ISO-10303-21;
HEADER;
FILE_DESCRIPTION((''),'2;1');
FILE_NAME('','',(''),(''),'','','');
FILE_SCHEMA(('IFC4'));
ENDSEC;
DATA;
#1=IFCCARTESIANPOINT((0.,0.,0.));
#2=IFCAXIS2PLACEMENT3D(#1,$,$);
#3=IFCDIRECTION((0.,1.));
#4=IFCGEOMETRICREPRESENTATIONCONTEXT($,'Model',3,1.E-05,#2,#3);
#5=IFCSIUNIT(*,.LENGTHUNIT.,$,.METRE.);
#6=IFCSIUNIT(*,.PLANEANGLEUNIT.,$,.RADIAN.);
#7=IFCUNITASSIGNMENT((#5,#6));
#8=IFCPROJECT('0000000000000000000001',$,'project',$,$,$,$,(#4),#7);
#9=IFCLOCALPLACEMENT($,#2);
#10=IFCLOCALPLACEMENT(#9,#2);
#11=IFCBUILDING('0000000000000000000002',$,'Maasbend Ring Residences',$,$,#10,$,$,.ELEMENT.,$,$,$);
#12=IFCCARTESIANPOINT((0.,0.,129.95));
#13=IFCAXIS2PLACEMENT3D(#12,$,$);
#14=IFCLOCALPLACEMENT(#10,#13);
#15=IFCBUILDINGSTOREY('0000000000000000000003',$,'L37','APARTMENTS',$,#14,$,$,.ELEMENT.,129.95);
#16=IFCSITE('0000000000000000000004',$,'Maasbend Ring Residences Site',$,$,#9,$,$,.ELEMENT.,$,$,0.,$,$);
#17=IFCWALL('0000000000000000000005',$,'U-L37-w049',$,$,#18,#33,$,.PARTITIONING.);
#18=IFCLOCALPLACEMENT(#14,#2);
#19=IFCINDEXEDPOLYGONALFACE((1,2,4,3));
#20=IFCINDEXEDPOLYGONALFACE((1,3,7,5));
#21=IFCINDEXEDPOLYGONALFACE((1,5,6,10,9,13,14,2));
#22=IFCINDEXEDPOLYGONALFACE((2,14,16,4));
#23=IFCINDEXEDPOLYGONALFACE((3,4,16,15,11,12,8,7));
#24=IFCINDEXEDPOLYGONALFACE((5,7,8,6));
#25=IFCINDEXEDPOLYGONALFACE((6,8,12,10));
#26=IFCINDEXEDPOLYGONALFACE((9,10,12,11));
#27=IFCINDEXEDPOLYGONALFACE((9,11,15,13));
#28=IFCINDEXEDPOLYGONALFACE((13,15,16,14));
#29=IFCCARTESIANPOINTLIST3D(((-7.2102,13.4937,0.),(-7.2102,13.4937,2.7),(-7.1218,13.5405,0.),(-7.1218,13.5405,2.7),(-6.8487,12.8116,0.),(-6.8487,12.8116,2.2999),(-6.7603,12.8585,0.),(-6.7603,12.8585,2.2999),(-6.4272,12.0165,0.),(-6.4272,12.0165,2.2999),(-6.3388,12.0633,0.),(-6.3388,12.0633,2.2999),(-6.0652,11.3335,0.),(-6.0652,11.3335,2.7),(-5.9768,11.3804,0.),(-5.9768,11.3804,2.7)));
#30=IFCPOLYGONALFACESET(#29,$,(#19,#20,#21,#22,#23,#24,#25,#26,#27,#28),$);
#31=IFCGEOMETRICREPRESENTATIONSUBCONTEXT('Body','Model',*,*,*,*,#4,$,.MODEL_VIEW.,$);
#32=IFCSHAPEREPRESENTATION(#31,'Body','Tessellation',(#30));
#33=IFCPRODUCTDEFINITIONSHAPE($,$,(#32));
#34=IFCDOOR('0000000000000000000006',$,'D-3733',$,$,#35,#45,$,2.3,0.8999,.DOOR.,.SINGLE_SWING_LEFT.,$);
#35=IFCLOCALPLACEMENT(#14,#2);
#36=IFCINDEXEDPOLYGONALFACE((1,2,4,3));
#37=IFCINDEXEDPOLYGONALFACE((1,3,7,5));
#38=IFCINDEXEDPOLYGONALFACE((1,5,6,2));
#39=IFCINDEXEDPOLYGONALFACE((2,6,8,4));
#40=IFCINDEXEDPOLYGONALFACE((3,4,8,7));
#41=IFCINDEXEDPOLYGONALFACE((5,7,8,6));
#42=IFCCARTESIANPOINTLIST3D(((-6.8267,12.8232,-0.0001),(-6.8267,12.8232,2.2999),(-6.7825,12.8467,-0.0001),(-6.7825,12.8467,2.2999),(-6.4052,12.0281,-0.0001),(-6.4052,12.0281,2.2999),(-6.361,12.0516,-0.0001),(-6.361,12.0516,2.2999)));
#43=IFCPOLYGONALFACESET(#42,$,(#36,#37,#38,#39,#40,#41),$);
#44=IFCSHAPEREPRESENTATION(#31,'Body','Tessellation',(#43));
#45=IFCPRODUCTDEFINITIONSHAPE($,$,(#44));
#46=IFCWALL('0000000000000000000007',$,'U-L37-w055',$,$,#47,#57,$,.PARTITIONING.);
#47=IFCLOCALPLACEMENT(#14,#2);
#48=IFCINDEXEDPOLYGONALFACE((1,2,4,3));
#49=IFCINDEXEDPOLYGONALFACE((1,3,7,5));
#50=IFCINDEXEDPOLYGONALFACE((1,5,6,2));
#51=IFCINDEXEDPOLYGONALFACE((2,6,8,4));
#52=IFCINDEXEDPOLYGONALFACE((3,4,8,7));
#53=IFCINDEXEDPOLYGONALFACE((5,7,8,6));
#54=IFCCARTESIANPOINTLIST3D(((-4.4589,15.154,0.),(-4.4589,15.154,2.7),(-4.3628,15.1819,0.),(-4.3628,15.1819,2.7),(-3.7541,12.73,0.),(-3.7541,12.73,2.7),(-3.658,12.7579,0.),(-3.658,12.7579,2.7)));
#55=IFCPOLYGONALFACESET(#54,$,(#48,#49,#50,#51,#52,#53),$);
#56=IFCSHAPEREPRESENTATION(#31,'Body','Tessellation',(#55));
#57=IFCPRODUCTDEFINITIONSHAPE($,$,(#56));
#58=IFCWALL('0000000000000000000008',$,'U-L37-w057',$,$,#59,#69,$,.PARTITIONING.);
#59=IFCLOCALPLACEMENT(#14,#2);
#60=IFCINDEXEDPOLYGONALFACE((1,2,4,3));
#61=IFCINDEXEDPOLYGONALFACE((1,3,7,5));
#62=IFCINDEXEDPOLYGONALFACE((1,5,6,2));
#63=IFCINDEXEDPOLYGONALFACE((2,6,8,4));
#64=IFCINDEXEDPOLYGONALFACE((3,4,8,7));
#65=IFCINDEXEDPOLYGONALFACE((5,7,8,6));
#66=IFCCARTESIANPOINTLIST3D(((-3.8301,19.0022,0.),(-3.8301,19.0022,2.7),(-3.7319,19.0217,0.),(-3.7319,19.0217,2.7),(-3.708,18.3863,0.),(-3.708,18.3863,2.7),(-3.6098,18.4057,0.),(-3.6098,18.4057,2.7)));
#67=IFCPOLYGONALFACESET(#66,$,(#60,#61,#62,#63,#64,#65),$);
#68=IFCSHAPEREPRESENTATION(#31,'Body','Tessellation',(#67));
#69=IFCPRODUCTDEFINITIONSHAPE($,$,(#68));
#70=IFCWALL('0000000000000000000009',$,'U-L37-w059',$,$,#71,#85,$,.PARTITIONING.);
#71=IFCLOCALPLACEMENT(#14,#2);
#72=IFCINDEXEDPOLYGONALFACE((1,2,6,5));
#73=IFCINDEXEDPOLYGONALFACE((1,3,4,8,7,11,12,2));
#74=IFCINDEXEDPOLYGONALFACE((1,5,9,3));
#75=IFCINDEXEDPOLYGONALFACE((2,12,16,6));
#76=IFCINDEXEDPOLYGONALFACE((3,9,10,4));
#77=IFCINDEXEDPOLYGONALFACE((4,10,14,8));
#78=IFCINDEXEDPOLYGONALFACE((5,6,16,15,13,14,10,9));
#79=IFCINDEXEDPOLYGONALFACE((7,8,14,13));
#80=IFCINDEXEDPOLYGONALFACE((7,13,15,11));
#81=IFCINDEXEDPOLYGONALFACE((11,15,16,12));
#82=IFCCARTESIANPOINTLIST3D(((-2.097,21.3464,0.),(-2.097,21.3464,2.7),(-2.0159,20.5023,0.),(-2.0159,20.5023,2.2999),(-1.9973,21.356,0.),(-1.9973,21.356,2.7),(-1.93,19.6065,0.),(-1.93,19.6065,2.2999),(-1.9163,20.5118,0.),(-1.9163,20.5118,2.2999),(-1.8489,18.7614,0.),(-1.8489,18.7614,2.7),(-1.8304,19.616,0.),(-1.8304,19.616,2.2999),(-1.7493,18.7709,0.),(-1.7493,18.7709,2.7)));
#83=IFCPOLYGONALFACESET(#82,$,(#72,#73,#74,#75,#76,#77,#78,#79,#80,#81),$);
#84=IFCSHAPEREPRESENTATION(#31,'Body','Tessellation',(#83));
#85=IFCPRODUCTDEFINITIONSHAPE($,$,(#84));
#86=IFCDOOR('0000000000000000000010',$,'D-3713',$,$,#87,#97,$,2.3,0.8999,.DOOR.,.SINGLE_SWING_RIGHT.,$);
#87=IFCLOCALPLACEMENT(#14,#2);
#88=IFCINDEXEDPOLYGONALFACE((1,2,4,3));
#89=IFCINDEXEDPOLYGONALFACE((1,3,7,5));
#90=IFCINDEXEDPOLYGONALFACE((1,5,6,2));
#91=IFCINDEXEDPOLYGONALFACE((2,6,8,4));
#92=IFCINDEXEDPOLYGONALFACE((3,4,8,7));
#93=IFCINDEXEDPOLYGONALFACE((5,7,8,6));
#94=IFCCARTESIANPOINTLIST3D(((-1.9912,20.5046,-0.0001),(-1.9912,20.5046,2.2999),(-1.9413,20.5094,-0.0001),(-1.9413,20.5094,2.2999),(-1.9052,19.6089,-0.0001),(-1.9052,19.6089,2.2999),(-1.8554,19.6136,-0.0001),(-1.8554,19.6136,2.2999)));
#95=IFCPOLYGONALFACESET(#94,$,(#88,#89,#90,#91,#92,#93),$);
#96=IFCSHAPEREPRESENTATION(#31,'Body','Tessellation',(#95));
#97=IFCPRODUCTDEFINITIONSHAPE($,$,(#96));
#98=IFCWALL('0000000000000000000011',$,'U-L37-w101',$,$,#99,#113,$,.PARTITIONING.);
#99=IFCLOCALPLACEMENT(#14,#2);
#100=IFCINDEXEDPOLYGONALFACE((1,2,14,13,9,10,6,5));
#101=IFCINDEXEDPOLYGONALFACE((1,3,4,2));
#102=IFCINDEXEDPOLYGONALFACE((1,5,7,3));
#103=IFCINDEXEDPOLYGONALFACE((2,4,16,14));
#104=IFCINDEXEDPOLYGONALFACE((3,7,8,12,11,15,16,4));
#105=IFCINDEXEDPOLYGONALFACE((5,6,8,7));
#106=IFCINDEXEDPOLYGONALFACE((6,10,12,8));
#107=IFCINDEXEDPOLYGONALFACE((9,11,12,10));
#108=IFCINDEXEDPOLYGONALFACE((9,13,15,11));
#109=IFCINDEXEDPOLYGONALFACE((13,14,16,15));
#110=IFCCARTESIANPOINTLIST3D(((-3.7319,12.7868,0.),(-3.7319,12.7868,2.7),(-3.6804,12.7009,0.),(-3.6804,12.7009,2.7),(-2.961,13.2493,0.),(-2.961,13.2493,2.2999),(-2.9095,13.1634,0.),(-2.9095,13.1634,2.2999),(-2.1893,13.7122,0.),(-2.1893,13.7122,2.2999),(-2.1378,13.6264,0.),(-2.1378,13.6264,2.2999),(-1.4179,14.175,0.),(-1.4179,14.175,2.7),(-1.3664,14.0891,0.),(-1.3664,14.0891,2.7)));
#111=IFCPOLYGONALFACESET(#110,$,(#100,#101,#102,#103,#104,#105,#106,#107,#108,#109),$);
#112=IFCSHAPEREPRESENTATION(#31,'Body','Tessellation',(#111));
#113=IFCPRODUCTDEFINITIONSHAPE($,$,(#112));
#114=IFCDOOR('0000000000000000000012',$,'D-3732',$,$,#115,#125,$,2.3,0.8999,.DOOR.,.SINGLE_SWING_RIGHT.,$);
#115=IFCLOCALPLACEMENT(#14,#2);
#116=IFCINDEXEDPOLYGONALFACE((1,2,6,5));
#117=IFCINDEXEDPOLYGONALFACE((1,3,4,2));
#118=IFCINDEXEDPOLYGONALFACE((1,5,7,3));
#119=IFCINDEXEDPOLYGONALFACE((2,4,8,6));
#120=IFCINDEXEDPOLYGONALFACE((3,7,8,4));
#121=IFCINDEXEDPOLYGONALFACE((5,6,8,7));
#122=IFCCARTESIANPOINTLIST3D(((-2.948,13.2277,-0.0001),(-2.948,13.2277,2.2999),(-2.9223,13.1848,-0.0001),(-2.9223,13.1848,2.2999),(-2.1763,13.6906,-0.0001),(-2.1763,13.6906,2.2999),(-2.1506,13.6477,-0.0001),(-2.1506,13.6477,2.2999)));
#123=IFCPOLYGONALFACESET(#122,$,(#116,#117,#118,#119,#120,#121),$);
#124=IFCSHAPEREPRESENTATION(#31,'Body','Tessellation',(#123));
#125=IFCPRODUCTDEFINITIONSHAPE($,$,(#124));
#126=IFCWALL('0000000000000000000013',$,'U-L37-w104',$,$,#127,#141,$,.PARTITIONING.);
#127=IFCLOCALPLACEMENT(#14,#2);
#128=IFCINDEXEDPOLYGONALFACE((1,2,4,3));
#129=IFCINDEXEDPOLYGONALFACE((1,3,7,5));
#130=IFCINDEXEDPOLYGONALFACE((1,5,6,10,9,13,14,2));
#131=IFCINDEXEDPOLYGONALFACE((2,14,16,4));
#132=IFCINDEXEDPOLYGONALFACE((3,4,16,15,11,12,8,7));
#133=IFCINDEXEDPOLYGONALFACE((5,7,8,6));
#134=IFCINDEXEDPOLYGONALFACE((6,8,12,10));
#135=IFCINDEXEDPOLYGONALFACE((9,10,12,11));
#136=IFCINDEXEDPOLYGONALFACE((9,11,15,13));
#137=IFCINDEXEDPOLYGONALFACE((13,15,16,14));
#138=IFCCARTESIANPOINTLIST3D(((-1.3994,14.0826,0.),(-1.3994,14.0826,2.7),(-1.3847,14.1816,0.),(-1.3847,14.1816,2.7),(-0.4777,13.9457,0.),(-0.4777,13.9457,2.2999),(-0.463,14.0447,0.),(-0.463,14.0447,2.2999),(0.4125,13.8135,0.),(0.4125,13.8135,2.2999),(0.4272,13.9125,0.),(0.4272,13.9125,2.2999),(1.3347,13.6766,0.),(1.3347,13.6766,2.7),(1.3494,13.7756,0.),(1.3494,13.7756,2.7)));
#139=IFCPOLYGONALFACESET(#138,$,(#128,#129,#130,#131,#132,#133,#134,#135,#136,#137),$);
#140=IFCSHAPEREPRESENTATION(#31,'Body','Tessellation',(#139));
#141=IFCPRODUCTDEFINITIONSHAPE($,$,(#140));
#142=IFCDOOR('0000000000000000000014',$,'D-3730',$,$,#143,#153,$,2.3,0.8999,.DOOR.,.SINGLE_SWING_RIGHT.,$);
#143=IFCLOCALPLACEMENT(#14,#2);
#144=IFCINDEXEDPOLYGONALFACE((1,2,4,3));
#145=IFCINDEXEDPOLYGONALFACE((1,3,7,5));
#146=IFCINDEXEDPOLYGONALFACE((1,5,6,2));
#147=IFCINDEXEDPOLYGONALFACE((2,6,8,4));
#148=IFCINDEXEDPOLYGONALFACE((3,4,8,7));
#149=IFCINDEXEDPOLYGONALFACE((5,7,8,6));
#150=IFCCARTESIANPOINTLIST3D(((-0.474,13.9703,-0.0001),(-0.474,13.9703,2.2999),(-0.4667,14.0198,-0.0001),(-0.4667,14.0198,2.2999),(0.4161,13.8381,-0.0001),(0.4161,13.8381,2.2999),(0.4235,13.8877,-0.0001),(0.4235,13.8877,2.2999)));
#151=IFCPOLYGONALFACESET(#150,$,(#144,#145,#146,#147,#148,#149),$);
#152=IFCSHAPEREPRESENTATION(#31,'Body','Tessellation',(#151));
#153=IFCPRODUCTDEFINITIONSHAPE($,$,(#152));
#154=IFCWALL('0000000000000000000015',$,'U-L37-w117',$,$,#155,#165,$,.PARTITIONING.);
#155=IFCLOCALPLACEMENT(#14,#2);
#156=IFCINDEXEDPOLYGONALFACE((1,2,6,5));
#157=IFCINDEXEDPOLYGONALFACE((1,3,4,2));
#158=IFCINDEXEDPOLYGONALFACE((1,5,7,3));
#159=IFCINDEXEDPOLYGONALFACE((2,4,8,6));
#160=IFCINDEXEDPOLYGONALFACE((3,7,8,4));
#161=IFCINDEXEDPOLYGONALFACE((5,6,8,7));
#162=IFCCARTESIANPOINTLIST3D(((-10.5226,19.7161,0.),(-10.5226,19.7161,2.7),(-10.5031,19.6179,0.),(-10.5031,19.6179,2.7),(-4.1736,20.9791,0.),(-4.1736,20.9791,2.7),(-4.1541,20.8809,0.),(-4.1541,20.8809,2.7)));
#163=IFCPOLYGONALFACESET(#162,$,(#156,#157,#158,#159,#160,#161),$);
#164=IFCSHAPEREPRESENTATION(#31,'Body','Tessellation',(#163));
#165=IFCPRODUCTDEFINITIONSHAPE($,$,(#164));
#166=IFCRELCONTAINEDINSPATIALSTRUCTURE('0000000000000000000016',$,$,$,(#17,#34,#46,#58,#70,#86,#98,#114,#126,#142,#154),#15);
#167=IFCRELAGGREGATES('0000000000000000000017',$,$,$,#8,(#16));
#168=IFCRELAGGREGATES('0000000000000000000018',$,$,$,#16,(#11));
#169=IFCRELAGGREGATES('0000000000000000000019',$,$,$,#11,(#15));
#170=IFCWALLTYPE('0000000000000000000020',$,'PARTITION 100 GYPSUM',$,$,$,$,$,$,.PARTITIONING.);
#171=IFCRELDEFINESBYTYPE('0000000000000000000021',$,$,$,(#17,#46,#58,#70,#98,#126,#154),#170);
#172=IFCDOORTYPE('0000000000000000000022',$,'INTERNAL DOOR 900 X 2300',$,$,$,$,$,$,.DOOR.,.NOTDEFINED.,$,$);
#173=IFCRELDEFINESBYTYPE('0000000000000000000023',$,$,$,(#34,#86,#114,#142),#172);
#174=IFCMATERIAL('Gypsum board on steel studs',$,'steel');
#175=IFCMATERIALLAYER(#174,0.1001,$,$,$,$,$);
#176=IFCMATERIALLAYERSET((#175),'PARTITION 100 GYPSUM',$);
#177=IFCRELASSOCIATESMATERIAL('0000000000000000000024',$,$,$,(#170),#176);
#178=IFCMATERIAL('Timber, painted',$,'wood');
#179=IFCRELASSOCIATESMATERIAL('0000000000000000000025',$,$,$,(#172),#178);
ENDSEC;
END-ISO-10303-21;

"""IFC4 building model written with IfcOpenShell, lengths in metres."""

from ifc_helpers import new_model, si_unit, direction, frame, frame_2d, origin, place, context, subcontext, project, spatial, rectangle, extrude, material, layer, layer_set, type_object, element, fill, save


model = new_model("IFC4")

# Units and contexts
model_context = context("Model", 3, precision=1e-05, world=origin(), true_north=direction((0.0, 1.0)))
body_context = subcontext(model_context, "Body", "Model", "MODEL_VIEW")
ifc_project = project(units=[si_unit("LENGTHUNIT", "METRE"), si_unit("PLANEANGLEUNIT", "RADIAN")], contexts=[model_context])

# Site, building, storey
site_placement = place(None, origin())
site = spatial("IfcSite", under=ifc_project, at=site_placement, Name="Maasbend Ring Residences Site", CompositionType="ELEMENT", RefElevation=0.0)
building_placement = place(site_placement, origin())
building = spatial("IfcBuilding", under=site, at=building_placement, Name="Maasbend Ring Residences", CompositionType="ELEMENT")
storey_placement = place(building_placement, frame((0.0, 0.0, 129.95)))
storey = spatial("IfcBuildingStorey", under=building, at=storey_placement, Name="L37", Description="APARTMENTS", CompositionType="ELEMENT", Elevation=129.95)

# Wall, opening, door
ifc_material_1 = material(Name="Gypsum board on steel studs", Category="steel")
ifc_layer_1 = layer(ifc_material_1, 0.1001)
ifc_layer_set_1 = layer_set([ifc_layer_1], Name="PARTITION 100 GYPSUM")
wall_type_1 = type_object("IfcWallType", Name="PARTITION 100 GYPSUM", PredefinedType="PARTITIONING", material=ifc_layer_set_1)
wall_1_placement = place(storey_placement, frame((-7.166, 13.5171, 0.0), z_axis=(0.0, 0.0, 1.0), x_axis=(0.468337, -0.88355, 0.0)))
wall_1 = element("IfcWall", 1, at=wall_1_placement, inside=storey, type_object=wall_type_1, Name="U-L37-w049", PredefinedType="PARTITIONING", context=body_context, shape_type="SweptSolid", body=[
    extrude(rectangle(XDim=2.4448, YDim=0.1001, at=frame_2d((1.2224, 0.0))), origin(), (0.0, 0.0, 1.0), 2.7),
])
opening_1_placement = place(wall_1_placement, frame((0.772, 0.0, 0.0)))
opening_1 = element("IfcOpeningElement", 2, at=opening_1_placement, cuts=wall_1, PredefinedType="OPENING", context=body_context, shape_type="SweptSolid", body=[
    extrude(rectangle(XDim=0.8999, YDim=2.3, at=frame_2d((0.45, 1.1499))), frame((0.0, 0.0601, 0.0), z_axis=(0.0, -1.0, 0.0), x_axis=(1.0, 0.0, 0.0)), (0.0, 0.0, 1.0), 0.1201),
])
ifc_material_2 = material(Name="Timber, painted", Category="wood")
door_type_1 = type_object("IfcDoorType", Name="INTERNAL DOOR 900 X 2300", OperationType="NOTDEFINED", PredefinedType="DOOR", material=ifc_material_2)
door_1_placement = place(opening_1_placement, origin())
door_1 = element("IfcDoor", 3, at=door_1_placement, inside=storey, type_object=door_type_1, Name="D-3733", OperationType="SINGLE_SWING_LEFT", OverallHeight=2.3, OverallWidth=0.8999, PredefinedType="DOOR", context=body_context, shape_type="SweptSolid", body=[
    extrude(rectangle(XDim=0.8999, YDim=2.3, at=frame_2d((0.45, 1.1499))), frame((0.0, 0.0249, 0.0), z_axis=(0.0, -1.0, 0.0), x_axis=(1.0, 0.0, 0.0)), (0.0, 0.0, 1.0), 0.05),
])
fill(opening_1, door_1)

# Walls
wall_2_placement = place(storey_placement, frame((-4.4109, 15.168, 0.0), z_axis=(0.0, 0.0, 1.0), x_axis=(0.279201, -0.960233, 0.0)))
element("IfcWall", 4, at=wall_2_placement, inside=storey, type_object=wall_type_1, Name="U-L37-w055", PredefinedType="PARTITIONING", context=body_context, shape_type="SweptSolid", body=[
    extrude(rectangle(XDim=2.5244, YDim=0.1001, at=frame_2d((1.2622, 0.0))), origin(), (0.0, 0.0, 1.0), 2.7),
])
wall_3_placement = place(storey_placement, frame((-3.781, 19.012, 0.0), z_axis=(0.0, 0.0, 1.0), x_axis=(0.194396, -0.980923, 0.0)))
element("IfcWall", 5, at=wall_3_placement, inside=storey, type_object=wall_type_1, Name="U-L37-w057", PredefinedType="PARTITIONING", context=body_context, shape_type="SweptSolid", body=[
    extrude(rectangle(XDim=0.6279, YDim=0.1001, at=frame_2d((0.314, 0.0))), origin(), (0.0, 0.0, 1.0), 2.7),
])

# Walls, openings, doors
wall_4_placement = place(storey_placement, frame((-2.0471, 21.3511, 0.0), z_axis=(0.0, 0.0, 1.0), x_axis=(0.095519, -0.995428, 0.0)))
wall_4 = element("IfcWall", 6, at=wall_4_placement, inside=storey, type_object=wall_type_1, Name="U-L37-w059", PredefinedType="PARTITIONING", context=body_context, shape_type="SweptSolid", body=[
    extrude(rectangle(XDim=2.5969, YDim=0.1001, at=frame_2d((1.2983, 0.0))), origin(), (0.0, 0.0, 1.0), 2.7),
])
opening_2_placement = place(wall_4_placement, frame((0.8479, 0.0, 0.0)))
opening_2 = element("IfcOpeningElement", 7, at=opening_2_placement, cuts=wall_4, PredefinedType="OPENING", context=body_context, shape_type="SweptSolid", body=[
    extrude(rectangle(XDim=0.8999, YDim=2.3, at=frame_2d((0.45, 1.1499))), frame((0.0, 0.0601, 0.0), z_axis=(0.0, -1.0, 0.0), x_axis=(1.0, 0.0, 0.0)), (0.0, 0.0, 1.0), 0.1201),
])
door_2_placement = place(opening_2_placement, origin())
door_2 = element("IfcDoor", 8, at=door_2_placement, inside=storey, type_object=door_type_1, Name="D-3713", OperationType="SINGLE_SWING_RIGHT", OverallHeight=2.3, OverallWidth=0.8999, PredefinedType="DOOR", context=body_context, shape_type="SweptSolid", body=[
    extrude(rectangle(XDim=0.8999, YDim=2.3, at=frame_2d((0.45, 1.1499))), frame((0.0, 0.0249, 0.0), z_axis=(0.0, -1.0, 0.0), x_axis=(1.0, 0.0, 0.0)), (0.0, 0.0, 1.0), 0.05),
])
fill(opening_2, door_2)
wall_5_placement = place(storey_placement, frame((-3.7061, 12.7439, 0.0), z_axis=(0.0, 0.0, 1.0), x_axis=(0.857525, 0.514443, 0.0)))
wall_5 = element("IfcWall", 9, at=wall_5_placement, inside=storey, type_object=wall_type_1, Name="U-L37-w101", PredefinedType="PARTITIONING", context=body_context, shape_type="SweptSolid", body=[
    extrude(rectangle(XDim=2.6985, YDim=0.1001, at=frame_2d((1.3491, 0.0))), origin(), (0.0, 0.0, 1.0), 2.7),
])
opening_3_placement = place(wall_5_placement, frame((0.8989, 0.0, 0.0)))
opening_3 = element("IfcOpeningElement", 10, at=opening_3_placement, cuts=wall_5, PredefinedType="OPENING", context=body_context, shape_type="SweptSolid", body=[
    extrude(rectangle(XDim=0.8999, YDim=2.3, at=frame_2d((0.45, 1.1499))), frame((0.0, 0.0601, 0.0), z_axis=(0.0, -1.0, 0.0), x_axis=(1.0, 0.0, 0.0)), (0.0, 0.0, 1.0), 0.1201),
])
door_3_placement = place(opening_3_placement, origin())
door_3 = element("IfcDoor", 11, at=door_3_placement, inside=storey, type_object=door_type_1, Name="D-3732", OperationType="SINGLE_SWING_RIGHT", OverallHeight=2.3, OverallWidth=0.8999, PredefinedType="DOOR", context=body_context, shape_type="SweptSolid", body=[
    extrude(rectangle(XDim=0.8999, YDim=2.3, at=frame_2d((0.45, 1.1499))), frame((0.0, 0.0249, 0.0), z_axis=(0.0, -1.0, 0.0), x_axis=(1.0, 0.0, 0.0)), (0.0, 0.0, 1.0), 0.05),
])
fill(opening_3, door_3)
wall_6_placement = place(storey_placement, frame((-1.3921, 14.1321, 0.0), z_axis=(0.0, 0.0, 1.0), x_axis=(0.989154, -0.146885, 0.0)))
wall_6 = element("IfcWall", 12, at=wall_6_placement, inside=storey, type_object=wall_type_1, Name="U-L37-w104", PredefinedType="PARTITIONING", context=body_context, shape_type="SweptSolid", body=[
    extrude(rectangle(XDim=2.7642, YDim=0.1001, at=frame_2d((1.3821, 0.0))), origin(), (0.0, 0.0, 1.0), 2.7),
])
opening_4_placement = place(wall_6_placement, frame((0.9319, 0.0, 0.0)))
opening_4 = element("IfcOpeningElement", 13, at=opening_4_placement, cuts=wall_6, PredefinedType="OPENING", context=body_context, shape_type="SweptSolid", body=[
    extrude(rectangle(XDim=0.8999, YDim=2.3, at=frame_2d((0.45, 1.1499))), frame((0.0, 0.0601, 0.0), z_axis=(0.0, -1.0, 0.0), x_axis=(1.0, 0.0, 0.0)), (0.0, 0.0, 1.0), 0.1201),
])
door_4_placement = place(opening_4_placement, origin())
door_4 = element("IfcDoor", 14, at=door_4_placement, inside=storey, type_object=door_type_1, Name="D-3730", OperationType="SINGLE_SWING_RIGHT", OverallHeight=2.3, OverallWidth=0.8999, PredefinedType="DOOR", context=body_context, shape_type="SweptSolid", body=[
    extrude(rectangle(XDim=0.8999, YDim=2.3, at=frame_2d((0.45, 1.1499))), frame((0.0, 0.0249, 0.0), z_axis=(0.0, -1.0, 0.0), x_axis=(1.0, 0.0, 0.0)), (0.0, 0.0, 1.0), 0.05),
])
fill(opening_4, door_4)

# Wall
wall_7_placement = place(storey_placement, frame((-10.5129, 19.667, 0.0), z_axis=(0.0, 0.0, 1.0), x_axis=(0.980783, 0.195101, 0.0)))
element("IfcWall", 15, at=wall_7_placement, inside=storey, type_object=wall_type_1, Name="U-L37-w117", PredefinedType="PARTITIONING", context=body_context, shape_type="SweptSolid", body=[
    extrude(rectangle(XDim=6.4734, YDim=0.1001, at=frame_2d((3.2368, 0.0))), origin(), (0.0, 0.0, 1.0), 2.7),
])

save(model, "model.ifc")
